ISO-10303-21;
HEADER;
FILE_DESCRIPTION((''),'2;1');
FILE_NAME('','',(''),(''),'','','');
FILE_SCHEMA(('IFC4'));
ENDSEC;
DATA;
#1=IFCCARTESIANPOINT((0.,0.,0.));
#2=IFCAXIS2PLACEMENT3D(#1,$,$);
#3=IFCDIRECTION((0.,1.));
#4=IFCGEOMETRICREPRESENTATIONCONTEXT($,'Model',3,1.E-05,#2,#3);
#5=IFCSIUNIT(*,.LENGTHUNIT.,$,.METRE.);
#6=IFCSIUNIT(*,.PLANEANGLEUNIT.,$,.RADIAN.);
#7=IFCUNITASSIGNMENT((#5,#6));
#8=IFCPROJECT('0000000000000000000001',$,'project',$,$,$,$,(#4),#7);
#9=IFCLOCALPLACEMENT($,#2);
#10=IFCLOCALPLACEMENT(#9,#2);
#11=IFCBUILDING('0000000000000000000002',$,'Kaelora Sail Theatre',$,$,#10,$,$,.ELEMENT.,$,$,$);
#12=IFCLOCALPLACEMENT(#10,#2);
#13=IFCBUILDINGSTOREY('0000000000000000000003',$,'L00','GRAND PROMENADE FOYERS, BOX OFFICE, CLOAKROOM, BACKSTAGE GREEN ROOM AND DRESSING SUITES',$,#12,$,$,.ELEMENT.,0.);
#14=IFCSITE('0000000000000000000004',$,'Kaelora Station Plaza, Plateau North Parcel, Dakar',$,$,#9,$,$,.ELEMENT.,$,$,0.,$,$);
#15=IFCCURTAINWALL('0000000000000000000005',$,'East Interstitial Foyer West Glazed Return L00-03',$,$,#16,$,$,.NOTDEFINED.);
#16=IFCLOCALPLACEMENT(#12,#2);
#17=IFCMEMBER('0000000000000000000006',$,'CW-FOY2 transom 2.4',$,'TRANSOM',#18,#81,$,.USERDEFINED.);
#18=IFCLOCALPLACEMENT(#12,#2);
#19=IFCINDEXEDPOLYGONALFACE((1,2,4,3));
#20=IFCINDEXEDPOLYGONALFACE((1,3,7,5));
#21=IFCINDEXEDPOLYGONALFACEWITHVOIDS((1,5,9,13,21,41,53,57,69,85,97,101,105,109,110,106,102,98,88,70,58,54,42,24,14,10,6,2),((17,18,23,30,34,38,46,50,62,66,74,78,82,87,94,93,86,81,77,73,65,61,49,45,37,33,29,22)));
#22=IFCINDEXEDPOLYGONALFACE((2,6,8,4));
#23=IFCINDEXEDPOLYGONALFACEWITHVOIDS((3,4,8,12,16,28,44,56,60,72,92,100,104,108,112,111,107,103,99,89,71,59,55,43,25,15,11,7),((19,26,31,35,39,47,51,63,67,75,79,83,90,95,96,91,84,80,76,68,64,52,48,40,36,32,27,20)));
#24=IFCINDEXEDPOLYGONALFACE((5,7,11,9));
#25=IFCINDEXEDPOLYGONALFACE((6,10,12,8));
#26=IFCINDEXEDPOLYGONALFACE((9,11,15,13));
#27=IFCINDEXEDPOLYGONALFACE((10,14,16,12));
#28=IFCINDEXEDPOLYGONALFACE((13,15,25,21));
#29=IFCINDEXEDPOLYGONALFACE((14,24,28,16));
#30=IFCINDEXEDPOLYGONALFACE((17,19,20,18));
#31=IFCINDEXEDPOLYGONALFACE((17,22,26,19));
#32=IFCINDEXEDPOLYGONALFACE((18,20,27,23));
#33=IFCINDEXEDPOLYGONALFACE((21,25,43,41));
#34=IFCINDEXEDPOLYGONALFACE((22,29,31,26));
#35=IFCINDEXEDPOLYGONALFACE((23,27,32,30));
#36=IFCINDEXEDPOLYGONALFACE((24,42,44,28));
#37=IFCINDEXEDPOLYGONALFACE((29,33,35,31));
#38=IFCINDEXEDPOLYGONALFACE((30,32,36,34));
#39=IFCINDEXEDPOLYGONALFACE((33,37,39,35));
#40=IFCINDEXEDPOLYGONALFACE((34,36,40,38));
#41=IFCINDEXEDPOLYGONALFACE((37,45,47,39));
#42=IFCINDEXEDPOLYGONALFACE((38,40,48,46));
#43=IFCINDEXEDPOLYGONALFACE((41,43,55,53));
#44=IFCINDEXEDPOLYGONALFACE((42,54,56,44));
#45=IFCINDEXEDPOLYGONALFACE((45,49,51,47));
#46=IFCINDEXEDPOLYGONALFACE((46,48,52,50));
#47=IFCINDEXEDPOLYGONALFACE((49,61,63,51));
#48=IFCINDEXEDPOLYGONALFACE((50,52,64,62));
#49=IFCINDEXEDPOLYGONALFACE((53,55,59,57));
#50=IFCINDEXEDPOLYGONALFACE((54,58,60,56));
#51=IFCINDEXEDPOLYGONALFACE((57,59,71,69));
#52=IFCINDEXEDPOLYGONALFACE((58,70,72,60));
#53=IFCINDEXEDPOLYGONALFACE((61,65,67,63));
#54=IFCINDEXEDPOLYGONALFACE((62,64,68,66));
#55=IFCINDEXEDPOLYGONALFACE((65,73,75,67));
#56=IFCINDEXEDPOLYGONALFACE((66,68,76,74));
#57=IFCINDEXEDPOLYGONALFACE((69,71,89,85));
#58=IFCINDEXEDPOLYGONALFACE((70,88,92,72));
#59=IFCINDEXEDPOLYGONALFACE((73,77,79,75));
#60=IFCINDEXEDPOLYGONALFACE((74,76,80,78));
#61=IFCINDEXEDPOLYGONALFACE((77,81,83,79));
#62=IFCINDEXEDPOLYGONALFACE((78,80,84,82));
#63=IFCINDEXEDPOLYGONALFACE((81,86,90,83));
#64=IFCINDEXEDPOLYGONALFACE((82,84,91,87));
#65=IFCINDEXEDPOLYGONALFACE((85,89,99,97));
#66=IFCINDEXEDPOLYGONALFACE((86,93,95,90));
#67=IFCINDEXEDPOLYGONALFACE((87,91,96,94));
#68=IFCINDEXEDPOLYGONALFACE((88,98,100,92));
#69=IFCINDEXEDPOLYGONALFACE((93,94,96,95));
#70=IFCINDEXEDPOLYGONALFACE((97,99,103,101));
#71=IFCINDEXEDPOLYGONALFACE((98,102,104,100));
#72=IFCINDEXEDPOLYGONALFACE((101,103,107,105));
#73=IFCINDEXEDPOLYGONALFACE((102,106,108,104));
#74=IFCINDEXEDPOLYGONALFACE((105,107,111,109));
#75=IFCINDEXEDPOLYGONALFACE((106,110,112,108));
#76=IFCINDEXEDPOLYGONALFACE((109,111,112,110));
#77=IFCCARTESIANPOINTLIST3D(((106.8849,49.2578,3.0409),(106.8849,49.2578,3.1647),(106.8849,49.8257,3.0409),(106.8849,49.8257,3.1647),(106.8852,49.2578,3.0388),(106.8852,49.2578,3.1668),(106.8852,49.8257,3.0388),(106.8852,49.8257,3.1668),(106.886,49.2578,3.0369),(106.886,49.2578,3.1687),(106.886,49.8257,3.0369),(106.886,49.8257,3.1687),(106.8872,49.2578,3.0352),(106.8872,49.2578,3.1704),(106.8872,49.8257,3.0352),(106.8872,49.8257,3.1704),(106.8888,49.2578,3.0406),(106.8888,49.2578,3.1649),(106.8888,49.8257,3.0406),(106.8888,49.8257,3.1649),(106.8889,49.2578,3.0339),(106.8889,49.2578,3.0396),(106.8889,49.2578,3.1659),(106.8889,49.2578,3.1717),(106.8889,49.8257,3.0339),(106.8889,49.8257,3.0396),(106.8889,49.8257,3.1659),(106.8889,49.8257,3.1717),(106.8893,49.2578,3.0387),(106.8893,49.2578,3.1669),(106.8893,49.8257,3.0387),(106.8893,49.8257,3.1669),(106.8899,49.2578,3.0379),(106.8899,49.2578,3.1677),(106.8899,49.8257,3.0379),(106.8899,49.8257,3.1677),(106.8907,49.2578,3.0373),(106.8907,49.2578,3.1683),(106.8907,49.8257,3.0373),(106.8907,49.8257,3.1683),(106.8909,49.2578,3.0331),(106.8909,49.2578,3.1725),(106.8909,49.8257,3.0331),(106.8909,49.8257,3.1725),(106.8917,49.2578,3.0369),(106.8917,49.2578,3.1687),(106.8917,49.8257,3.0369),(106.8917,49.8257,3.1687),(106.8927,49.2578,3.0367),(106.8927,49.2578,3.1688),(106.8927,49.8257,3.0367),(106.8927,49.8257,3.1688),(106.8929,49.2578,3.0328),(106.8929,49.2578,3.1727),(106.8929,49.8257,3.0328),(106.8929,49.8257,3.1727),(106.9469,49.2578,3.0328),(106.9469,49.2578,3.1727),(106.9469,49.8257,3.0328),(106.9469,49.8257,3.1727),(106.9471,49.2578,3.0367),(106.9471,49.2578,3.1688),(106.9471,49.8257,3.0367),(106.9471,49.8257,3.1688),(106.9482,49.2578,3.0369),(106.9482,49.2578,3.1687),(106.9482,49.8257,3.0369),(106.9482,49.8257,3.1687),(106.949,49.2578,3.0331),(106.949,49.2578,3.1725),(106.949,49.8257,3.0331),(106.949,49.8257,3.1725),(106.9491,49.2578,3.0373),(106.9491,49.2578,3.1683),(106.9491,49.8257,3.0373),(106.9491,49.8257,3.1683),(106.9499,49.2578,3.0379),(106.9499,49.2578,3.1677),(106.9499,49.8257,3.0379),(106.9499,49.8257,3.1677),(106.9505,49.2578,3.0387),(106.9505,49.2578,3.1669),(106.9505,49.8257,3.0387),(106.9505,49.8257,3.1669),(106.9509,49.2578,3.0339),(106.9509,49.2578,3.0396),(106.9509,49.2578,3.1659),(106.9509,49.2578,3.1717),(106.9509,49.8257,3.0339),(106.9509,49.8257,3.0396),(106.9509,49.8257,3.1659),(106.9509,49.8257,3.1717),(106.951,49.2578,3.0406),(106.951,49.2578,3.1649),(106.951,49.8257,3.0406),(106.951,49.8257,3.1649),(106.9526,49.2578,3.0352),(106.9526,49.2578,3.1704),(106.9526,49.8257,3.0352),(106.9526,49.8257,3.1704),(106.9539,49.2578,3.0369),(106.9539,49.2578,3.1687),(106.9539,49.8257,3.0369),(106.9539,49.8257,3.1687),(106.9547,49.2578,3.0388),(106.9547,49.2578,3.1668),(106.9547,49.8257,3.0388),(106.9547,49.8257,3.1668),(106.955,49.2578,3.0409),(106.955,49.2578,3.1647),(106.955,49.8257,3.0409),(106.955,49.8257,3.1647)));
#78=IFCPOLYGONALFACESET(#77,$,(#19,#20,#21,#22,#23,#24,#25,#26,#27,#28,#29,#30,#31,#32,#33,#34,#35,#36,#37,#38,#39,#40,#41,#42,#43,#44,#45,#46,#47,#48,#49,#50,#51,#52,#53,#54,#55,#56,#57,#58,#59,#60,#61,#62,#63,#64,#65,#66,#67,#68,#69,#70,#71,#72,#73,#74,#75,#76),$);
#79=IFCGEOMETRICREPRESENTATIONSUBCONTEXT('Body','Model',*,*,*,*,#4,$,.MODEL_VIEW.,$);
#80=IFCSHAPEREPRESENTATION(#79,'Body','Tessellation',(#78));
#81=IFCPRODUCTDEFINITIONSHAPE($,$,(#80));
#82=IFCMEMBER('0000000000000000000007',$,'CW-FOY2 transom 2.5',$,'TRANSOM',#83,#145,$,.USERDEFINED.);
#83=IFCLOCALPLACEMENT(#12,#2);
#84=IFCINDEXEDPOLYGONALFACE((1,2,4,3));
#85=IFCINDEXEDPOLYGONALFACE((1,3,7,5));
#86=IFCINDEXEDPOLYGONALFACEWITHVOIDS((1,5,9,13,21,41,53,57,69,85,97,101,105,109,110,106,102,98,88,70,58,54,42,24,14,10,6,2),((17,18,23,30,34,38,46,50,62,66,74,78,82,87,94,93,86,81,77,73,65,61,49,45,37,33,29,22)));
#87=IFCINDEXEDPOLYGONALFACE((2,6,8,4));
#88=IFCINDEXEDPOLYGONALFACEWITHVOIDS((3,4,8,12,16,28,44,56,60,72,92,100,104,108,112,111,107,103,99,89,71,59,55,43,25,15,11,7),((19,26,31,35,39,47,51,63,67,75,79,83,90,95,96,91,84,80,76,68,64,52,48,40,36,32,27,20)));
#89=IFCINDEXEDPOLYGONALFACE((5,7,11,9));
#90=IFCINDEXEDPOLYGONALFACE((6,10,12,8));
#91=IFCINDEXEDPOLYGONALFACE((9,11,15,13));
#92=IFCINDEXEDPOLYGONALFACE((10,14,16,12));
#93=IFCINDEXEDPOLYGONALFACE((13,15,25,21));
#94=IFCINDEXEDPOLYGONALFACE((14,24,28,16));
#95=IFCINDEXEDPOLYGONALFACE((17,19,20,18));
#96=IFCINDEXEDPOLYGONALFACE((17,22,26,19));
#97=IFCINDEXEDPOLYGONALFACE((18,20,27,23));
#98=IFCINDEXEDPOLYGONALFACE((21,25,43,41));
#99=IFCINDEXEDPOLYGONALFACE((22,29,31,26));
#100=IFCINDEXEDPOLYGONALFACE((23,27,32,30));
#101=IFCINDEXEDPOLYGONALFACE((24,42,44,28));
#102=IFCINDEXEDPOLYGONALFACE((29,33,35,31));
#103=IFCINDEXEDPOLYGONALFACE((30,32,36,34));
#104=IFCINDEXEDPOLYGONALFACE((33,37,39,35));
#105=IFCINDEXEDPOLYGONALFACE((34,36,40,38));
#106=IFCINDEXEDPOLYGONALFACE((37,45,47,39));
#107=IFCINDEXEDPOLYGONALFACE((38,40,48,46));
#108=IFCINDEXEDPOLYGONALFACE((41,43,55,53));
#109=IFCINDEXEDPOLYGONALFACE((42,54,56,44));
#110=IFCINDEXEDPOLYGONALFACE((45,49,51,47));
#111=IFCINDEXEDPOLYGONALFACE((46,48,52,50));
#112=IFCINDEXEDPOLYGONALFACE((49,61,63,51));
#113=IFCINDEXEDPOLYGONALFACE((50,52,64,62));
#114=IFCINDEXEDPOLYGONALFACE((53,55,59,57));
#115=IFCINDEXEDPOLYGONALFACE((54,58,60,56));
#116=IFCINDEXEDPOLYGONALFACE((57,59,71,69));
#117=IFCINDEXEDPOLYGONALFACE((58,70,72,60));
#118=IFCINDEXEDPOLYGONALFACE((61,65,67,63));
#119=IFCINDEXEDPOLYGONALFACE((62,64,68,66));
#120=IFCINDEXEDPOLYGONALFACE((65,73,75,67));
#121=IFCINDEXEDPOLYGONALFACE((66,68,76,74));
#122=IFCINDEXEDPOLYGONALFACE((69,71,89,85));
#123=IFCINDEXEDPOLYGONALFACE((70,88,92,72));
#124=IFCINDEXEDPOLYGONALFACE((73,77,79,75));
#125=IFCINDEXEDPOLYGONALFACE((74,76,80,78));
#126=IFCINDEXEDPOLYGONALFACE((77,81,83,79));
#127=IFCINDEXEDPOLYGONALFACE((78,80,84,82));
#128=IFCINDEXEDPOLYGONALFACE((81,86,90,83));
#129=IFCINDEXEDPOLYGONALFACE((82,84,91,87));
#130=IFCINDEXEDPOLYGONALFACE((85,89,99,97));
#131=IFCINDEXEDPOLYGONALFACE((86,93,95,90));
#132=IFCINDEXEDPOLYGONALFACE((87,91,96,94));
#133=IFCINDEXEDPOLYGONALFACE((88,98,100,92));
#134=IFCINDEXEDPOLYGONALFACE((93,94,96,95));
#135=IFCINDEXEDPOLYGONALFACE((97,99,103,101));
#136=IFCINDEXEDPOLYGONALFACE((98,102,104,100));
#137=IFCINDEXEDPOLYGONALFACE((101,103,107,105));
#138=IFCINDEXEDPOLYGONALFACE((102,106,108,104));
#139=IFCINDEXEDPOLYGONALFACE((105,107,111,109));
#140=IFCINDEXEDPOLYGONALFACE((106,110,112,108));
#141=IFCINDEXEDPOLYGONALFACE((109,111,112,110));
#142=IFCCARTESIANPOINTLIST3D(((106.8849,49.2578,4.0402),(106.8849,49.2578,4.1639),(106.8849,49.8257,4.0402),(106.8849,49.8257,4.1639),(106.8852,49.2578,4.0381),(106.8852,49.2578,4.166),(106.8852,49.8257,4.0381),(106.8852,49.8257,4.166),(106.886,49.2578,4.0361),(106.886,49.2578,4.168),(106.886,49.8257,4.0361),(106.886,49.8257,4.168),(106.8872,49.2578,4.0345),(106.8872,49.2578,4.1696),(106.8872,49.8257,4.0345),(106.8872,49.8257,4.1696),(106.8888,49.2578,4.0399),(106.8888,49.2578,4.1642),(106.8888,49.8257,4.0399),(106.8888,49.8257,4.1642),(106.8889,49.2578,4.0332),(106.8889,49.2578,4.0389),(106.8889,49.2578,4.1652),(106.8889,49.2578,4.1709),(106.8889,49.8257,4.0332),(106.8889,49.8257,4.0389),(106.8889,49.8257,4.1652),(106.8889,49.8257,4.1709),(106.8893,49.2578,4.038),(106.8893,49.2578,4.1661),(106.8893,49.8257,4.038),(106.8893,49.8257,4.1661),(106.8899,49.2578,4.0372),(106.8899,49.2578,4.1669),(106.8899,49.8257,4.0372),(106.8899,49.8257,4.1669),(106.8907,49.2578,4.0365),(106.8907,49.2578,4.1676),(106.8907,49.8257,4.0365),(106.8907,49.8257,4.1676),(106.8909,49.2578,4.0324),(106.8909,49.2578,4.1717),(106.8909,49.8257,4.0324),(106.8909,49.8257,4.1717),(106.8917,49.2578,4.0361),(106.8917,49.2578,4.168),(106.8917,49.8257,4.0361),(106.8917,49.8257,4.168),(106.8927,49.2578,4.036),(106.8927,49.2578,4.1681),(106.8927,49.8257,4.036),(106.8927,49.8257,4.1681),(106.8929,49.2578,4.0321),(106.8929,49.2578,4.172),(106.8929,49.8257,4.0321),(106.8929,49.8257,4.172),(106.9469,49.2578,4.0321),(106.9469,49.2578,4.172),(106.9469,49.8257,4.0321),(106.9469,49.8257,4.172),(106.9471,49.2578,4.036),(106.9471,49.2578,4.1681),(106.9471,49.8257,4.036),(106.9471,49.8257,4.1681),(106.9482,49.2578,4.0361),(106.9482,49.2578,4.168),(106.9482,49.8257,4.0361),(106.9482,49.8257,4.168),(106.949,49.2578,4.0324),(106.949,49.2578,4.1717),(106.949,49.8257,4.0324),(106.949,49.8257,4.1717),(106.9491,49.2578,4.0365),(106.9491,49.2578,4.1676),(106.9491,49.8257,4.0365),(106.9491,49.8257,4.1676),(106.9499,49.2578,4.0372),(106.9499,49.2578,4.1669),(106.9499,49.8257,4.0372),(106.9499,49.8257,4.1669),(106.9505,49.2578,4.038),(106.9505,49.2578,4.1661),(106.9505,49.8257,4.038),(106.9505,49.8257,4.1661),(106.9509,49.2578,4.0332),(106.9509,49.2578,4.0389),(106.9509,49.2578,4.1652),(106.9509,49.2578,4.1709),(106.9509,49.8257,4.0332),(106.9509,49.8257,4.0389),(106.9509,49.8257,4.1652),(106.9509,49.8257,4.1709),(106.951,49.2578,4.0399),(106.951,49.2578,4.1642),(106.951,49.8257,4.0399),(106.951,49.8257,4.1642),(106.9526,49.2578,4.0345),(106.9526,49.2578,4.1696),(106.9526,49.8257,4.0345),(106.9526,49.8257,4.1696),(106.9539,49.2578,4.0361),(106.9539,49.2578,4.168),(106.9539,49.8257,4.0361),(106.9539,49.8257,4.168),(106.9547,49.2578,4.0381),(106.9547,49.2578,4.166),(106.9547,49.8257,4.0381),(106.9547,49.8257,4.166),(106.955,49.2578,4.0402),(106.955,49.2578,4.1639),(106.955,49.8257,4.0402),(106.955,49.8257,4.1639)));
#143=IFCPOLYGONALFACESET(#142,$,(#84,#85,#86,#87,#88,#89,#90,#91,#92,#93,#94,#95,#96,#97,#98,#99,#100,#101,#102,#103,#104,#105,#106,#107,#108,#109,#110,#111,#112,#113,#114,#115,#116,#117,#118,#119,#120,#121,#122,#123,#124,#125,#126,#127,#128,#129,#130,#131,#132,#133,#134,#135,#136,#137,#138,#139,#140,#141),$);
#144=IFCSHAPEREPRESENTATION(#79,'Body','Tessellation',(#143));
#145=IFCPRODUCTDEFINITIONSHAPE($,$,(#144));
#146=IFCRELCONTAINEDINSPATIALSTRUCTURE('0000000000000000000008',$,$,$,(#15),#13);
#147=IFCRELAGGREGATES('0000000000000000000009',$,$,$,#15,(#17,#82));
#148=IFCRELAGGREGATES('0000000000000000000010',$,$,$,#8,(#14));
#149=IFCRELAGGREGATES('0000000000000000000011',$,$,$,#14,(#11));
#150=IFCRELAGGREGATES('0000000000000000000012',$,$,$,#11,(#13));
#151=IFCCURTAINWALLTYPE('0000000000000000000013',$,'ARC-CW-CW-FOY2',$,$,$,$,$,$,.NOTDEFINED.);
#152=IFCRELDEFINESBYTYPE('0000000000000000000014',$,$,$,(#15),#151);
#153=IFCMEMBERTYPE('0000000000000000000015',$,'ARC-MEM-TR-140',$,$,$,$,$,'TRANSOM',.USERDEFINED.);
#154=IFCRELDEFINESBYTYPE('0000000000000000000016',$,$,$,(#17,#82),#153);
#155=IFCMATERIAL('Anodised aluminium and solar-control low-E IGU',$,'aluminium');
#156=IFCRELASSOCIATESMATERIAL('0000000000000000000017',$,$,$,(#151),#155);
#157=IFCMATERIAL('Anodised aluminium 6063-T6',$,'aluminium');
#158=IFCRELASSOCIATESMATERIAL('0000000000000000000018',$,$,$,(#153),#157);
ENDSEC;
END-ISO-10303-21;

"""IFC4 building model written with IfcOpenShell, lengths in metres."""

from ifc_helpers import new_model, si_unit, direction, frame, origin, origin_2d, place, context, subcontext, project, spatial, hollow_rectangle, extrude, material, material_profile, profile_set, type_object, element, aggregate, save


model = new_model("IFC4")

# Units and contexts
model_context = context("Model", 3, precision=1e-05, world=origin(), true_north=direction((0.0, 1.0)))
body_context = subcontext(model_context, "Body", "Model", "MODEL_VIEW")
ifc_project = project(units=[si_unit("LENGTHUNIT", "METRE"), si_unit("PLANEANGLEUNIT", "RADIAN")], contexts=[model_context])

# Site, building, storey
site_placement = place(None, origin())
site = spatial("IfcSite", under=ifc_project, at=site_placement, Name="Kaelora Station Plaza, Plateau North Parcel, Dakar", CompositionType="ELEMENT", RefElevation=0.0)
building_placement = place(site_placement, origin())
building = spatial("IfcBuilding", under=site, at=building_placement, Name="Kaelora Sail Theatre", CompositionType="ELEMENT")
storey_placement = place(building_placement, origin())
storey = spatial("IfcBuildingStorey", under=building, at=storey_placement, Name="L00", Description="GRAND PROMENADE FOYERS, BOX OFFICE, CLOAKROOM, BACKSTAGE GREEN ROOM AND DRESSING SUITES", CompositionType="ELEMENT", Elevation=0.0)

# Curtain wall, members
ifc_material_1 = material(Name="Anodised aluminium and solar-control low-E IGU", Category="aluminium")
curtain_wall_type = type_object("IfcCurtainWallType", Name="ARC-CW-CW-FOY2", PredefinedType="NOTDEFINED", material=ifc_material_1)
curtain_wall_1_placement = place(storey_placement, origin())
curtain_wall_1 = element("IfcCurtainWall", 1, at=curtain_wall_1_placement, inside=storey, type_object=curtain_wall_type, Name="East Interstitial Foyer West Glazed Return L00-03", PredefinedType="NOTDEFINED")
ifc_material_2 = material(Name="Anodised aluminium 6063-T6", Category="aluminium")
ifc_material_profile = material_profile(ifc_material_2, hollow_rectangle(XDim=0.0701, YDim=0.1399, WallThickness=0.0039, InnerFilletRadius=0.0039, OuterFilletRadius=0.0081, at=origin_2d()), Name="ALU-TRAN 70x140x4")
ifc_profile_set = profile_set([ifc_material_profile], Name="Anodised aluminium 6063-T6")
member_type = type_object("IfcMemberType", Name="ARC-MEM-TR-140", ElementType="TRANSOM", PredefinedType="USERDEFINED", material=ifc_profile_set)
member_1_placement = place(storey_placement, frame((106.9199, 49.2578, 3.1028), z_axis=(0.0, 1.0, 0.0), x_axis=(-1.0, 0.0, 0.0)))
member_1 = element("IfcMember", 2, at=member_1_placement, type_object=member_type, Name="CW-FOY2 transom 2.4", ObjectType="TRANSOM", PredefinedType="USERDEFINED", context=body_context, shape_type="SweptSolid", body=[
    extrude(hollow_rectangle(XDim=0.0701, YDim=0.1399, WallThickness=0.0039, InnerFilletRadius=0.0039, OuterFilletRadius=0.0081, at=origin_2d()), origin(), (0.0, 0.0, 1.0), 0.5679),
])
member_2_placement = place(storey_placement, frame((106.9199, 49.2578, 4.1021), z_axis=(0.0, 1.0, 0.0), x_axis=(-1.0, 0.0, 0.0)))
member_2 = element("IfcMember", 3, at=member_2_placement, type_object=member_type, Name="CW-FOY2 transom 2.5", ObjectType="TRANSOM", PredefinedType="USERDEFINED", context=body_context, shape_type="SweptSolid", body=[
    extrude(hollow_rectangle(XDim=0.0701, YDim=0.1399, WallThickness=0.0039, InnerFilletRadius=0.0039, OuterFilletRadius=0.0081, at=origin_2d()), origin(), (0.0, 0.0, 1.0), 0.5679),
])

aggregate(curtain_wall_1, [member_1, member_2])

save(model, "model.ifc")
